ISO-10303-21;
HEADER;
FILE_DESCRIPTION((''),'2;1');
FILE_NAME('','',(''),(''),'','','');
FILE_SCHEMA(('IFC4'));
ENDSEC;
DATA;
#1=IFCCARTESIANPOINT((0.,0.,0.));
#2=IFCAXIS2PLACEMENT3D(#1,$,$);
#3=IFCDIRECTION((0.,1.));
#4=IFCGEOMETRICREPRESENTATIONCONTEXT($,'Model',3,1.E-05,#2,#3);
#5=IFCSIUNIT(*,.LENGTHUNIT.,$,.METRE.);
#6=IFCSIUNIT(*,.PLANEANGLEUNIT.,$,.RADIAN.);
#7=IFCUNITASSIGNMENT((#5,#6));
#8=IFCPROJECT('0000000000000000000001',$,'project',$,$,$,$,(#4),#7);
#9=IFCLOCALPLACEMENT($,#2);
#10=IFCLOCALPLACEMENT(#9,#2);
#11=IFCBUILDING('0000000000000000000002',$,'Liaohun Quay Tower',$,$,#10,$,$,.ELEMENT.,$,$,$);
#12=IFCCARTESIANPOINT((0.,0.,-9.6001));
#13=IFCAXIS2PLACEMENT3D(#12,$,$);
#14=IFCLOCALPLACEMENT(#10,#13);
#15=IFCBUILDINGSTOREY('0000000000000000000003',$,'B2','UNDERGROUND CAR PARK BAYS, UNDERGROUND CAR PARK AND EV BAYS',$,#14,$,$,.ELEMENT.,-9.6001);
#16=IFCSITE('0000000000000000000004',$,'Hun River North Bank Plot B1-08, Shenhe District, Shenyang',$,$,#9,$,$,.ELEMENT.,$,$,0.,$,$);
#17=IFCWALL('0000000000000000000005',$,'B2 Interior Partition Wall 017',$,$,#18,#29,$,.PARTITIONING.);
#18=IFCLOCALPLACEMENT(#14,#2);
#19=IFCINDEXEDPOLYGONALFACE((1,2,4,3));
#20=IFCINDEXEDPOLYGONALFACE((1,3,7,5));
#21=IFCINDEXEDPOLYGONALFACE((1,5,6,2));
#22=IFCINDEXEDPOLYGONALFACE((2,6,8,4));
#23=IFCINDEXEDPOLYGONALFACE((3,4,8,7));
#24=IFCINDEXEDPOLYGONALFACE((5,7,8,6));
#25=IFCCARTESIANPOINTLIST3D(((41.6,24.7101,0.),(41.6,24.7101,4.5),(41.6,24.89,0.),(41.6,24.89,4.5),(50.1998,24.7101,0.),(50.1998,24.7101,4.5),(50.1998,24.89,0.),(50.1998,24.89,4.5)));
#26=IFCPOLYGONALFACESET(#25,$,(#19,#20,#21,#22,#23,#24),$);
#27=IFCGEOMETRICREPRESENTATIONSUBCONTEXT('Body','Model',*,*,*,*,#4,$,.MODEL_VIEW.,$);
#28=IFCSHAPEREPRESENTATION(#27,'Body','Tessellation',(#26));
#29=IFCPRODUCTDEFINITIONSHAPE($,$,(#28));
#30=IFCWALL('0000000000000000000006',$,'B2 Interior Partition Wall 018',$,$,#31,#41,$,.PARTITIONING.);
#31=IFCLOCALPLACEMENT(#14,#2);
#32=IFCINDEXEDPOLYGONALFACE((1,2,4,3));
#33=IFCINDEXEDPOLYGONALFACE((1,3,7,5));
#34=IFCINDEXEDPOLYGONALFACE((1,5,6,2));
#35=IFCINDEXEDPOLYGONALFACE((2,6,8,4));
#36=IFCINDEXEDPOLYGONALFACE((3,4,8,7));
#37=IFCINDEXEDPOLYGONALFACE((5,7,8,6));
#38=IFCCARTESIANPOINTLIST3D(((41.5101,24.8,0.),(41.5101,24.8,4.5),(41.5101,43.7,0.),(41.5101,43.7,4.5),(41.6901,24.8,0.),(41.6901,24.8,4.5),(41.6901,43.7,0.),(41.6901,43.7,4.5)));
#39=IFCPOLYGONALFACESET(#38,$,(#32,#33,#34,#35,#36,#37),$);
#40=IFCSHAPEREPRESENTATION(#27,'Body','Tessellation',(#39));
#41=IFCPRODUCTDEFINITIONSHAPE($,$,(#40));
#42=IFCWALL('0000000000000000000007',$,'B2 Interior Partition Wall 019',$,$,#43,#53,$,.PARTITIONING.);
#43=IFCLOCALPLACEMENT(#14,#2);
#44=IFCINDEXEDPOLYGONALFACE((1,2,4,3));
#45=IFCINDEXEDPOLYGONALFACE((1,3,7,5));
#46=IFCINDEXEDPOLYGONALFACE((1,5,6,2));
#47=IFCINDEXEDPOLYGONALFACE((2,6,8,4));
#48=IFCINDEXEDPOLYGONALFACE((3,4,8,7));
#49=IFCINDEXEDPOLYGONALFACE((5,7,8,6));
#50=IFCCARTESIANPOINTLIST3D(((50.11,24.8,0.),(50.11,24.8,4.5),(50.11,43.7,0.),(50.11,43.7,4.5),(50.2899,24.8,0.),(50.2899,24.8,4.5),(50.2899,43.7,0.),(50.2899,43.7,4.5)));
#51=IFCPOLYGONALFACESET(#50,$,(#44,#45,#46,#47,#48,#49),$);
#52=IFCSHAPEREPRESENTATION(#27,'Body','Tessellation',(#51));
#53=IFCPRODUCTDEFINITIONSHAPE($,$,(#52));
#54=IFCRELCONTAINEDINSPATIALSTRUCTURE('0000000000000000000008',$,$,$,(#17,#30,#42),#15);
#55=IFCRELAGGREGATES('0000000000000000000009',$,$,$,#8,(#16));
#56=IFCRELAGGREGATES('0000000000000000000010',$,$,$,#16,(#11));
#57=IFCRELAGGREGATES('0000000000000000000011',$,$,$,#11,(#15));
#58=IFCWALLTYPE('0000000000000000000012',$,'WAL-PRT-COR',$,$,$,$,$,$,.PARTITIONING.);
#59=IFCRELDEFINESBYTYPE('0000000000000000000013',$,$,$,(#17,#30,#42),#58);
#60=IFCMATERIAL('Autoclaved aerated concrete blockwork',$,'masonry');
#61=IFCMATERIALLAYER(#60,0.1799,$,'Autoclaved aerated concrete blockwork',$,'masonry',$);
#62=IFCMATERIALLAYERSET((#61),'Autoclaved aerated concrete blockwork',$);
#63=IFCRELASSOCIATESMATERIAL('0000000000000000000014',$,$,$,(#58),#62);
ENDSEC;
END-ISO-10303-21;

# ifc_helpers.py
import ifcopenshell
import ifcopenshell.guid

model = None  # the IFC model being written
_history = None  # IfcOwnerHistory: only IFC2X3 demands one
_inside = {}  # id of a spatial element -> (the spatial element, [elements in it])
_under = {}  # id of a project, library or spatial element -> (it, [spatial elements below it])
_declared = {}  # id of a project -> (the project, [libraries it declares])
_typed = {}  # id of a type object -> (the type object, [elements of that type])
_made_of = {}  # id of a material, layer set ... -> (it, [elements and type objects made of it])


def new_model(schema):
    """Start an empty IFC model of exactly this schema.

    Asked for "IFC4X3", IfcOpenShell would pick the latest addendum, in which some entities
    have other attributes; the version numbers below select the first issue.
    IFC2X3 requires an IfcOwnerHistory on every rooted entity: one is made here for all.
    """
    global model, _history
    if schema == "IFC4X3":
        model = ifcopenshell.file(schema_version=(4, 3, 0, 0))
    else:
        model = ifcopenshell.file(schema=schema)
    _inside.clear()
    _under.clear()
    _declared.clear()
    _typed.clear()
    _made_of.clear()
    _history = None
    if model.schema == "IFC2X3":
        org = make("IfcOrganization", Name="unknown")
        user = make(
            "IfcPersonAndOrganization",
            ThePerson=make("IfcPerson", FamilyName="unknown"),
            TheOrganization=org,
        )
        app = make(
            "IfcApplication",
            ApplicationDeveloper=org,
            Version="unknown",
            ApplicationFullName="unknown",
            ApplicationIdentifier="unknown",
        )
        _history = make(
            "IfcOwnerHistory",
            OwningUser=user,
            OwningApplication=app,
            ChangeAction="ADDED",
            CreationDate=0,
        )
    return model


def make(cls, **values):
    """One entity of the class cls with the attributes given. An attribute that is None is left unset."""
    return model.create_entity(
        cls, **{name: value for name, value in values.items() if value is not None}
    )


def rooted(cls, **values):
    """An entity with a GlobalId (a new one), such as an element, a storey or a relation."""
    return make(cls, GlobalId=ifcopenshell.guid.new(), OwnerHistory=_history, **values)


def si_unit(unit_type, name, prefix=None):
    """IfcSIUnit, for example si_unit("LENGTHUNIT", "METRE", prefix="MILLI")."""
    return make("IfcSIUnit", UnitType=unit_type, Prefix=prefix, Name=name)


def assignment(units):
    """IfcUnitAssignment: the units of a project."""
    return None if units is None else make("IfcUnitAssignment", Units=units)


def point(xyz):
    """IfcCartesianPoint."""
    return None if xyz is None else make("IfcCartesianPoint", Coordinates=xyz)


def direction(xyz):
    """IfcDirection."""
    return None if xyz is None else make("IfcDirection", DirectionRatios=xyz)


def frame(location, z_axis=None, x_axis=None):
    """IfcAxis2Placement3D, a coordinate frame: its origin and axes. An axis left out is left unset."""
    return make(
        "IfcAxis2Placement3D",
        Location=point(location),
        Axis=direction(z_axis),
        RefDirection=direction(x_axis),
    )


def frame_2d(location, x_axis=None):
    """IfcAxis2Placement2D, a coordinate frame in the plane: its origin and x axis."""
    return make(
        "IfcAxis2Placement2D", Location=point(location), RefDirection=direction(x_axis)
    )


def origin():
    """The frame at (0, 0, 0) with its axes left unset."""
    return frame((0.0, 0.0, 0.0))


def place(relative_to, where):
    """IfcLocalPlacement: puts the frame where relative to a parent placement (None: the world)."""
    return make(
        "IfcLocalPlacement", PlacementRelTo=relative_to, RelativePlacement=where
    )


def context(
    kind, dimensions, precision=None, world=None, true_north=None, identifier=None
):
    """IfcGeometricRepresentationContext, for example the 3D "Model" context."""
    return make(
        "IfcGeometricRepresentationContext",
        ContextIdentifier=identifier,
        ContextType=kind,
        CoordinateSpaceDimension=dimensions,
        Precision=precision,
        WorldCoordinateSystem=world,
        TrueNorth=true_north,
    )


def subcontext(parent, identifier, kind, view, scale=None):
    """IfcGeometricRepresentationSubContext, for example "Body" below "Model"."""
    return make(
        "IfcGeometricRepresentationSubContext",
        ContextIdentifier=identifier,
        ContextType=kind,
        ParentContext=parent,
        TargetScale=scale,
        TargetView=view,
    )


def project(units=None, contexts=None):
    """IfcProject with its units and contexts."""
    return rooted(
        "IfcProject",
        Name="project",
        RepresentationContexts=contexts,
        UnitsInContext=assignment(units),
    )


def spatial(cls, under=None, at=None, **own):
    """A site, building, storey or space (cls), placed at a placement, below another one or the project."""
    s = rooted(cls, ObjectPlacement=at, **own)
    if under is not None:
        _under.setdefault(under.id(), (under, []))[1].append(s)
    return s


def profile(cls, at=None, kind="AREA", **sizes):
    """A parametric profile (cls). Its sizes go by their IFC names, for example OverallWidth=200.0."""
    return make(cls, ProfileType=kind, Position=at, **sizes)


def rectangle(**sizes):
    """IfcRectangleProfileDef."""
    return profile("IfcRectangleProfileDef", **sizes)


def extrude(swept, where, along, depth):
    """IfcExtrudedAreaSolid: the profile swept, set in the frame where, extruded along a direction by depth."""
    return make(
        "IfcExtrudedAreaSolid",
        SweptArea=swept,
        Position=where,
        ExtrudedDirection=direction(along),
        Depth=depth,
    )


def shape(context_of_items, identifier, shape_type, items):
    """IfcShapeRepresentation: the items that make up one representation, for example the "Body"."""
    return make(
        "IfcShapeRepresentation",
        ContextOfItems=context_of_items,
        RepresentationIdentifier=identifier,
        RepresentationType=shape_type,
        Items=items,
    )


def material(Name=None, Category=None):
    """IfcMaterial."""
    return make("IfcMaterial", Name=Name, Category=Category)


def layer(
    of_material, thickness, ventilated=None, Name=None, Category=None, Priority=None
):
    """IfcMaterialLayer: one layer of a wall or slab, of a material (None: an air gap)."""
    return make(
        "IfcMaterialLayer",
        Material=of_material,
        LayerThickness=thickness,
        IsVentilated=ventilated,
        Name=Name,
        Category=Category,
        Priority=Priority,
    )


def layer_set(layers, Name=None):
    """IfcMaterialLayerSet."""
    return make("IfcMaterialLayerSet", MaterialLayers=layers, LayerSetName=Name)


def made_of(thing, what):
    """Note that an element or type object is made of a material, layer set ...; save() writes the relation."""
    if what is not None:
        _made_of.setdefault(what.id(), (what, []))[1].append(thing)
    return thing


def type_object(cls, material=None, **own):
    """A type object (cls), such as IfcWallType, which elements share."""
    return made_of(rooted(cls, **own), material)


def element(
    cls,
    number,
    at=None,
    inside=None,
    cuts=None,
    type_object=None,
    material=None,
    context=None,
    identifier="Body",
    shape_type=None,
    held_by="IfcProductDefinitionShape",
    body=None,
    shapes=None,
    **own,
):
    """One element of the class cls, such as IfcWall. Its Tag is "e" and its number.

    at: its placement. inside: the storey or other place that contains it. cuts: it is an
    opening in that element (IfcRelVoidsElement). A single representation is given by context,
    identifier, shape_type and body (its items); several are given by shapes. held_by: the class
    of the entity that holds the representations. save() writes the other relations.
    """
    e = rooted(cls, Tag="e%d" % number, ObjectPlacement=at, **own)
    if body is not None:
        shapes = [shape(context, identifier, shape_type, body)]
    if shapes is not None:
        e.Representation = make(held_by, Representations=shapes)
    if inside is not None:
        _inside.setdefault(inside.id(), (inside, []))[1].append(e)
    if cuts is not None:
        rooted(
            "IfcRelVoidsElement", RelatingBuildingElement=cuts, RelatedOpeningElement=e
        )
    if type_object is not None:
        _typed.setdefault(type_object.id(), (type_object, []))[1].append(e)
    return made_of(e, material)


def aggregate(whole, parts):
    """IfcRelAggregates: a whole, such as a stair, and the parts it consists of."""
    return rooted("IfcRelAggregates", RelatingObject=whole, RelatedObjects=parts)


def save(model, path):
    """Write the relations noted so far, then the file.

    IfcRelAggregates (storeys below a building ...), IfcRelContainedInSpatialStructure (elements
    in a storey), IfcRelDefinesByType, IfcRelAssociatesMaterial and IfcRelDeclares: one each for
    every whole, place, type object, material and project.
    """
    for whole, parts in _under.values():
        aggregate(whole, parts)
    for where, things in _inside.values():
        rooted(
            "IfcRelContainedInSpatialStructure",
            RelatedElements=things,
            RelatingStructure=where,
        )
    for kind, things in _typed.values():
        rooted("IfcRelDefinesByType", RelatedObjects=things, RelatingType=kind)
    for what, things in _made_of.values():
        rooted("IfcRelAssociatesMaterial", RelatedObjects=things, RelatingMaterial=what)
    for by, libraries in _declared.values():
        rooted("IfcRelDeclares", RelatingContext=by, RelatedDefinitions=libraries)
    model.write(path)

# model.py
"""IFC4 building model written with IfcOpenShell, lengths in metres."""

from ifc_helpers import new_model, si_unit, direction, frame, frame_2d, origin, place, context, subcontext, project, spatial, rectangle, extrude, material, layer, layer_set, type_object, element, save


model = new_model("IFC4")

# Units and contexts
model_context = context("Model", 3, precision=1e-05, world=origin(), true_north=direction((0.0, 1.0)))
body_context = subcontext(model_context, "Body", "Model", "MODEL_VIEW")
ifc_project = project(units=[si_unit("LENGTHUNIT", "METRE"), si_unit("PLANEANGLEUNIT", "RADIAN")], contexts=[model_context])

# Site, building, storey
site_placement = place(None, origin())
site = spatial("IfcSite", under=ifc_project, at=site_placement, Name="Hun River North Bank Plot B1-08, Shenhe District, Shenyang", CompositionType="ELEMENT", RefElevation=0.0)
building_placement = place(site_placement, origin())
building = spatial("IfcBuilding", under=site, at=building_placement, Name="Liaohun Quay Tower", CompositionType="ELEMENT")
storey_placement = place(building_placement, frame((0.0, 0.0, -9.6001)))
storey = spatial("IfcBuildingStorey", under=building, at=storey_placement, Name="B2", Description="UNDERGROUND CAR PARK BAYS, UNDERGROUND CAR PARK AND EV BAYS", CompositionType="ELEMENT", Elevation=-9.6001)

# Walls
ifc_material_1 = material(Name="Autoclaved aerated concrete blockwork", Category="masonry")
ifc_layer = layer(ifc_material_1, 0.1799, Name="Autoclaved aerated concrete blockwork", Category="masonry")
ifc_layer_set = layer_set([ifc_layer], Name="Autoclaved aerated concrete blockwork")
wall_type = type_object("IfcWallType", Name="WAL-PRT-COR", PredefinedType="PARTITIONING", material=ifc_layer_set)
wall_placement = place(storey_placement, frame((41.6001, 24.8, 0.0), z_axis=(0.0, 0.0, 1.0), x_axis=(1.0, 0.0, 0.0)))
element("IfcWall", 1, at=wall_placement, inside=storey, type_object=wall_type, Name="B2 Interior Partition Wall 017", PredefinedType="PARTITIONING", context=body_context, shape_type="SweptSolid", body=[
    extrude(rectangle(XDim=8.5999, YDim=0.1799, at=frame_2d((4.2998, 0.0))), origin(), (0.0, 0.0, 1.0), 4.5),
])
for number, where, z_axis, x_axis, name in (
    (2, (41.6001, 24.8, 0.0), (0.0, 0.0, 1.0), (0.0, 1.0, 0.0), "B2 Interior Partition Wall 018"),
    (3, (50.2, 24.8, 0.0), (0.0, 0.0, 1.0), (0.0, 1.0, 0.0), "B2 Interior Partition Wall 019"),
):
    element("IfcWall", number, at=place(storey_placement, frame(where, z_axis=z_axis, x_axis=x_axis)), inside=storey, type_object=wall_type, Name=name, PredefinedType="PARTITIONING", context=body_context, shape_type="SweptSolid", body=[
        extrude(rectangle(XDim=18.8999, YDim=0.1799, at=frame_2d((9.45, 0.0))), origin(), (0.0, 0.0, 1.0), 4.5),
    ])

save(model, "model.ifc")
